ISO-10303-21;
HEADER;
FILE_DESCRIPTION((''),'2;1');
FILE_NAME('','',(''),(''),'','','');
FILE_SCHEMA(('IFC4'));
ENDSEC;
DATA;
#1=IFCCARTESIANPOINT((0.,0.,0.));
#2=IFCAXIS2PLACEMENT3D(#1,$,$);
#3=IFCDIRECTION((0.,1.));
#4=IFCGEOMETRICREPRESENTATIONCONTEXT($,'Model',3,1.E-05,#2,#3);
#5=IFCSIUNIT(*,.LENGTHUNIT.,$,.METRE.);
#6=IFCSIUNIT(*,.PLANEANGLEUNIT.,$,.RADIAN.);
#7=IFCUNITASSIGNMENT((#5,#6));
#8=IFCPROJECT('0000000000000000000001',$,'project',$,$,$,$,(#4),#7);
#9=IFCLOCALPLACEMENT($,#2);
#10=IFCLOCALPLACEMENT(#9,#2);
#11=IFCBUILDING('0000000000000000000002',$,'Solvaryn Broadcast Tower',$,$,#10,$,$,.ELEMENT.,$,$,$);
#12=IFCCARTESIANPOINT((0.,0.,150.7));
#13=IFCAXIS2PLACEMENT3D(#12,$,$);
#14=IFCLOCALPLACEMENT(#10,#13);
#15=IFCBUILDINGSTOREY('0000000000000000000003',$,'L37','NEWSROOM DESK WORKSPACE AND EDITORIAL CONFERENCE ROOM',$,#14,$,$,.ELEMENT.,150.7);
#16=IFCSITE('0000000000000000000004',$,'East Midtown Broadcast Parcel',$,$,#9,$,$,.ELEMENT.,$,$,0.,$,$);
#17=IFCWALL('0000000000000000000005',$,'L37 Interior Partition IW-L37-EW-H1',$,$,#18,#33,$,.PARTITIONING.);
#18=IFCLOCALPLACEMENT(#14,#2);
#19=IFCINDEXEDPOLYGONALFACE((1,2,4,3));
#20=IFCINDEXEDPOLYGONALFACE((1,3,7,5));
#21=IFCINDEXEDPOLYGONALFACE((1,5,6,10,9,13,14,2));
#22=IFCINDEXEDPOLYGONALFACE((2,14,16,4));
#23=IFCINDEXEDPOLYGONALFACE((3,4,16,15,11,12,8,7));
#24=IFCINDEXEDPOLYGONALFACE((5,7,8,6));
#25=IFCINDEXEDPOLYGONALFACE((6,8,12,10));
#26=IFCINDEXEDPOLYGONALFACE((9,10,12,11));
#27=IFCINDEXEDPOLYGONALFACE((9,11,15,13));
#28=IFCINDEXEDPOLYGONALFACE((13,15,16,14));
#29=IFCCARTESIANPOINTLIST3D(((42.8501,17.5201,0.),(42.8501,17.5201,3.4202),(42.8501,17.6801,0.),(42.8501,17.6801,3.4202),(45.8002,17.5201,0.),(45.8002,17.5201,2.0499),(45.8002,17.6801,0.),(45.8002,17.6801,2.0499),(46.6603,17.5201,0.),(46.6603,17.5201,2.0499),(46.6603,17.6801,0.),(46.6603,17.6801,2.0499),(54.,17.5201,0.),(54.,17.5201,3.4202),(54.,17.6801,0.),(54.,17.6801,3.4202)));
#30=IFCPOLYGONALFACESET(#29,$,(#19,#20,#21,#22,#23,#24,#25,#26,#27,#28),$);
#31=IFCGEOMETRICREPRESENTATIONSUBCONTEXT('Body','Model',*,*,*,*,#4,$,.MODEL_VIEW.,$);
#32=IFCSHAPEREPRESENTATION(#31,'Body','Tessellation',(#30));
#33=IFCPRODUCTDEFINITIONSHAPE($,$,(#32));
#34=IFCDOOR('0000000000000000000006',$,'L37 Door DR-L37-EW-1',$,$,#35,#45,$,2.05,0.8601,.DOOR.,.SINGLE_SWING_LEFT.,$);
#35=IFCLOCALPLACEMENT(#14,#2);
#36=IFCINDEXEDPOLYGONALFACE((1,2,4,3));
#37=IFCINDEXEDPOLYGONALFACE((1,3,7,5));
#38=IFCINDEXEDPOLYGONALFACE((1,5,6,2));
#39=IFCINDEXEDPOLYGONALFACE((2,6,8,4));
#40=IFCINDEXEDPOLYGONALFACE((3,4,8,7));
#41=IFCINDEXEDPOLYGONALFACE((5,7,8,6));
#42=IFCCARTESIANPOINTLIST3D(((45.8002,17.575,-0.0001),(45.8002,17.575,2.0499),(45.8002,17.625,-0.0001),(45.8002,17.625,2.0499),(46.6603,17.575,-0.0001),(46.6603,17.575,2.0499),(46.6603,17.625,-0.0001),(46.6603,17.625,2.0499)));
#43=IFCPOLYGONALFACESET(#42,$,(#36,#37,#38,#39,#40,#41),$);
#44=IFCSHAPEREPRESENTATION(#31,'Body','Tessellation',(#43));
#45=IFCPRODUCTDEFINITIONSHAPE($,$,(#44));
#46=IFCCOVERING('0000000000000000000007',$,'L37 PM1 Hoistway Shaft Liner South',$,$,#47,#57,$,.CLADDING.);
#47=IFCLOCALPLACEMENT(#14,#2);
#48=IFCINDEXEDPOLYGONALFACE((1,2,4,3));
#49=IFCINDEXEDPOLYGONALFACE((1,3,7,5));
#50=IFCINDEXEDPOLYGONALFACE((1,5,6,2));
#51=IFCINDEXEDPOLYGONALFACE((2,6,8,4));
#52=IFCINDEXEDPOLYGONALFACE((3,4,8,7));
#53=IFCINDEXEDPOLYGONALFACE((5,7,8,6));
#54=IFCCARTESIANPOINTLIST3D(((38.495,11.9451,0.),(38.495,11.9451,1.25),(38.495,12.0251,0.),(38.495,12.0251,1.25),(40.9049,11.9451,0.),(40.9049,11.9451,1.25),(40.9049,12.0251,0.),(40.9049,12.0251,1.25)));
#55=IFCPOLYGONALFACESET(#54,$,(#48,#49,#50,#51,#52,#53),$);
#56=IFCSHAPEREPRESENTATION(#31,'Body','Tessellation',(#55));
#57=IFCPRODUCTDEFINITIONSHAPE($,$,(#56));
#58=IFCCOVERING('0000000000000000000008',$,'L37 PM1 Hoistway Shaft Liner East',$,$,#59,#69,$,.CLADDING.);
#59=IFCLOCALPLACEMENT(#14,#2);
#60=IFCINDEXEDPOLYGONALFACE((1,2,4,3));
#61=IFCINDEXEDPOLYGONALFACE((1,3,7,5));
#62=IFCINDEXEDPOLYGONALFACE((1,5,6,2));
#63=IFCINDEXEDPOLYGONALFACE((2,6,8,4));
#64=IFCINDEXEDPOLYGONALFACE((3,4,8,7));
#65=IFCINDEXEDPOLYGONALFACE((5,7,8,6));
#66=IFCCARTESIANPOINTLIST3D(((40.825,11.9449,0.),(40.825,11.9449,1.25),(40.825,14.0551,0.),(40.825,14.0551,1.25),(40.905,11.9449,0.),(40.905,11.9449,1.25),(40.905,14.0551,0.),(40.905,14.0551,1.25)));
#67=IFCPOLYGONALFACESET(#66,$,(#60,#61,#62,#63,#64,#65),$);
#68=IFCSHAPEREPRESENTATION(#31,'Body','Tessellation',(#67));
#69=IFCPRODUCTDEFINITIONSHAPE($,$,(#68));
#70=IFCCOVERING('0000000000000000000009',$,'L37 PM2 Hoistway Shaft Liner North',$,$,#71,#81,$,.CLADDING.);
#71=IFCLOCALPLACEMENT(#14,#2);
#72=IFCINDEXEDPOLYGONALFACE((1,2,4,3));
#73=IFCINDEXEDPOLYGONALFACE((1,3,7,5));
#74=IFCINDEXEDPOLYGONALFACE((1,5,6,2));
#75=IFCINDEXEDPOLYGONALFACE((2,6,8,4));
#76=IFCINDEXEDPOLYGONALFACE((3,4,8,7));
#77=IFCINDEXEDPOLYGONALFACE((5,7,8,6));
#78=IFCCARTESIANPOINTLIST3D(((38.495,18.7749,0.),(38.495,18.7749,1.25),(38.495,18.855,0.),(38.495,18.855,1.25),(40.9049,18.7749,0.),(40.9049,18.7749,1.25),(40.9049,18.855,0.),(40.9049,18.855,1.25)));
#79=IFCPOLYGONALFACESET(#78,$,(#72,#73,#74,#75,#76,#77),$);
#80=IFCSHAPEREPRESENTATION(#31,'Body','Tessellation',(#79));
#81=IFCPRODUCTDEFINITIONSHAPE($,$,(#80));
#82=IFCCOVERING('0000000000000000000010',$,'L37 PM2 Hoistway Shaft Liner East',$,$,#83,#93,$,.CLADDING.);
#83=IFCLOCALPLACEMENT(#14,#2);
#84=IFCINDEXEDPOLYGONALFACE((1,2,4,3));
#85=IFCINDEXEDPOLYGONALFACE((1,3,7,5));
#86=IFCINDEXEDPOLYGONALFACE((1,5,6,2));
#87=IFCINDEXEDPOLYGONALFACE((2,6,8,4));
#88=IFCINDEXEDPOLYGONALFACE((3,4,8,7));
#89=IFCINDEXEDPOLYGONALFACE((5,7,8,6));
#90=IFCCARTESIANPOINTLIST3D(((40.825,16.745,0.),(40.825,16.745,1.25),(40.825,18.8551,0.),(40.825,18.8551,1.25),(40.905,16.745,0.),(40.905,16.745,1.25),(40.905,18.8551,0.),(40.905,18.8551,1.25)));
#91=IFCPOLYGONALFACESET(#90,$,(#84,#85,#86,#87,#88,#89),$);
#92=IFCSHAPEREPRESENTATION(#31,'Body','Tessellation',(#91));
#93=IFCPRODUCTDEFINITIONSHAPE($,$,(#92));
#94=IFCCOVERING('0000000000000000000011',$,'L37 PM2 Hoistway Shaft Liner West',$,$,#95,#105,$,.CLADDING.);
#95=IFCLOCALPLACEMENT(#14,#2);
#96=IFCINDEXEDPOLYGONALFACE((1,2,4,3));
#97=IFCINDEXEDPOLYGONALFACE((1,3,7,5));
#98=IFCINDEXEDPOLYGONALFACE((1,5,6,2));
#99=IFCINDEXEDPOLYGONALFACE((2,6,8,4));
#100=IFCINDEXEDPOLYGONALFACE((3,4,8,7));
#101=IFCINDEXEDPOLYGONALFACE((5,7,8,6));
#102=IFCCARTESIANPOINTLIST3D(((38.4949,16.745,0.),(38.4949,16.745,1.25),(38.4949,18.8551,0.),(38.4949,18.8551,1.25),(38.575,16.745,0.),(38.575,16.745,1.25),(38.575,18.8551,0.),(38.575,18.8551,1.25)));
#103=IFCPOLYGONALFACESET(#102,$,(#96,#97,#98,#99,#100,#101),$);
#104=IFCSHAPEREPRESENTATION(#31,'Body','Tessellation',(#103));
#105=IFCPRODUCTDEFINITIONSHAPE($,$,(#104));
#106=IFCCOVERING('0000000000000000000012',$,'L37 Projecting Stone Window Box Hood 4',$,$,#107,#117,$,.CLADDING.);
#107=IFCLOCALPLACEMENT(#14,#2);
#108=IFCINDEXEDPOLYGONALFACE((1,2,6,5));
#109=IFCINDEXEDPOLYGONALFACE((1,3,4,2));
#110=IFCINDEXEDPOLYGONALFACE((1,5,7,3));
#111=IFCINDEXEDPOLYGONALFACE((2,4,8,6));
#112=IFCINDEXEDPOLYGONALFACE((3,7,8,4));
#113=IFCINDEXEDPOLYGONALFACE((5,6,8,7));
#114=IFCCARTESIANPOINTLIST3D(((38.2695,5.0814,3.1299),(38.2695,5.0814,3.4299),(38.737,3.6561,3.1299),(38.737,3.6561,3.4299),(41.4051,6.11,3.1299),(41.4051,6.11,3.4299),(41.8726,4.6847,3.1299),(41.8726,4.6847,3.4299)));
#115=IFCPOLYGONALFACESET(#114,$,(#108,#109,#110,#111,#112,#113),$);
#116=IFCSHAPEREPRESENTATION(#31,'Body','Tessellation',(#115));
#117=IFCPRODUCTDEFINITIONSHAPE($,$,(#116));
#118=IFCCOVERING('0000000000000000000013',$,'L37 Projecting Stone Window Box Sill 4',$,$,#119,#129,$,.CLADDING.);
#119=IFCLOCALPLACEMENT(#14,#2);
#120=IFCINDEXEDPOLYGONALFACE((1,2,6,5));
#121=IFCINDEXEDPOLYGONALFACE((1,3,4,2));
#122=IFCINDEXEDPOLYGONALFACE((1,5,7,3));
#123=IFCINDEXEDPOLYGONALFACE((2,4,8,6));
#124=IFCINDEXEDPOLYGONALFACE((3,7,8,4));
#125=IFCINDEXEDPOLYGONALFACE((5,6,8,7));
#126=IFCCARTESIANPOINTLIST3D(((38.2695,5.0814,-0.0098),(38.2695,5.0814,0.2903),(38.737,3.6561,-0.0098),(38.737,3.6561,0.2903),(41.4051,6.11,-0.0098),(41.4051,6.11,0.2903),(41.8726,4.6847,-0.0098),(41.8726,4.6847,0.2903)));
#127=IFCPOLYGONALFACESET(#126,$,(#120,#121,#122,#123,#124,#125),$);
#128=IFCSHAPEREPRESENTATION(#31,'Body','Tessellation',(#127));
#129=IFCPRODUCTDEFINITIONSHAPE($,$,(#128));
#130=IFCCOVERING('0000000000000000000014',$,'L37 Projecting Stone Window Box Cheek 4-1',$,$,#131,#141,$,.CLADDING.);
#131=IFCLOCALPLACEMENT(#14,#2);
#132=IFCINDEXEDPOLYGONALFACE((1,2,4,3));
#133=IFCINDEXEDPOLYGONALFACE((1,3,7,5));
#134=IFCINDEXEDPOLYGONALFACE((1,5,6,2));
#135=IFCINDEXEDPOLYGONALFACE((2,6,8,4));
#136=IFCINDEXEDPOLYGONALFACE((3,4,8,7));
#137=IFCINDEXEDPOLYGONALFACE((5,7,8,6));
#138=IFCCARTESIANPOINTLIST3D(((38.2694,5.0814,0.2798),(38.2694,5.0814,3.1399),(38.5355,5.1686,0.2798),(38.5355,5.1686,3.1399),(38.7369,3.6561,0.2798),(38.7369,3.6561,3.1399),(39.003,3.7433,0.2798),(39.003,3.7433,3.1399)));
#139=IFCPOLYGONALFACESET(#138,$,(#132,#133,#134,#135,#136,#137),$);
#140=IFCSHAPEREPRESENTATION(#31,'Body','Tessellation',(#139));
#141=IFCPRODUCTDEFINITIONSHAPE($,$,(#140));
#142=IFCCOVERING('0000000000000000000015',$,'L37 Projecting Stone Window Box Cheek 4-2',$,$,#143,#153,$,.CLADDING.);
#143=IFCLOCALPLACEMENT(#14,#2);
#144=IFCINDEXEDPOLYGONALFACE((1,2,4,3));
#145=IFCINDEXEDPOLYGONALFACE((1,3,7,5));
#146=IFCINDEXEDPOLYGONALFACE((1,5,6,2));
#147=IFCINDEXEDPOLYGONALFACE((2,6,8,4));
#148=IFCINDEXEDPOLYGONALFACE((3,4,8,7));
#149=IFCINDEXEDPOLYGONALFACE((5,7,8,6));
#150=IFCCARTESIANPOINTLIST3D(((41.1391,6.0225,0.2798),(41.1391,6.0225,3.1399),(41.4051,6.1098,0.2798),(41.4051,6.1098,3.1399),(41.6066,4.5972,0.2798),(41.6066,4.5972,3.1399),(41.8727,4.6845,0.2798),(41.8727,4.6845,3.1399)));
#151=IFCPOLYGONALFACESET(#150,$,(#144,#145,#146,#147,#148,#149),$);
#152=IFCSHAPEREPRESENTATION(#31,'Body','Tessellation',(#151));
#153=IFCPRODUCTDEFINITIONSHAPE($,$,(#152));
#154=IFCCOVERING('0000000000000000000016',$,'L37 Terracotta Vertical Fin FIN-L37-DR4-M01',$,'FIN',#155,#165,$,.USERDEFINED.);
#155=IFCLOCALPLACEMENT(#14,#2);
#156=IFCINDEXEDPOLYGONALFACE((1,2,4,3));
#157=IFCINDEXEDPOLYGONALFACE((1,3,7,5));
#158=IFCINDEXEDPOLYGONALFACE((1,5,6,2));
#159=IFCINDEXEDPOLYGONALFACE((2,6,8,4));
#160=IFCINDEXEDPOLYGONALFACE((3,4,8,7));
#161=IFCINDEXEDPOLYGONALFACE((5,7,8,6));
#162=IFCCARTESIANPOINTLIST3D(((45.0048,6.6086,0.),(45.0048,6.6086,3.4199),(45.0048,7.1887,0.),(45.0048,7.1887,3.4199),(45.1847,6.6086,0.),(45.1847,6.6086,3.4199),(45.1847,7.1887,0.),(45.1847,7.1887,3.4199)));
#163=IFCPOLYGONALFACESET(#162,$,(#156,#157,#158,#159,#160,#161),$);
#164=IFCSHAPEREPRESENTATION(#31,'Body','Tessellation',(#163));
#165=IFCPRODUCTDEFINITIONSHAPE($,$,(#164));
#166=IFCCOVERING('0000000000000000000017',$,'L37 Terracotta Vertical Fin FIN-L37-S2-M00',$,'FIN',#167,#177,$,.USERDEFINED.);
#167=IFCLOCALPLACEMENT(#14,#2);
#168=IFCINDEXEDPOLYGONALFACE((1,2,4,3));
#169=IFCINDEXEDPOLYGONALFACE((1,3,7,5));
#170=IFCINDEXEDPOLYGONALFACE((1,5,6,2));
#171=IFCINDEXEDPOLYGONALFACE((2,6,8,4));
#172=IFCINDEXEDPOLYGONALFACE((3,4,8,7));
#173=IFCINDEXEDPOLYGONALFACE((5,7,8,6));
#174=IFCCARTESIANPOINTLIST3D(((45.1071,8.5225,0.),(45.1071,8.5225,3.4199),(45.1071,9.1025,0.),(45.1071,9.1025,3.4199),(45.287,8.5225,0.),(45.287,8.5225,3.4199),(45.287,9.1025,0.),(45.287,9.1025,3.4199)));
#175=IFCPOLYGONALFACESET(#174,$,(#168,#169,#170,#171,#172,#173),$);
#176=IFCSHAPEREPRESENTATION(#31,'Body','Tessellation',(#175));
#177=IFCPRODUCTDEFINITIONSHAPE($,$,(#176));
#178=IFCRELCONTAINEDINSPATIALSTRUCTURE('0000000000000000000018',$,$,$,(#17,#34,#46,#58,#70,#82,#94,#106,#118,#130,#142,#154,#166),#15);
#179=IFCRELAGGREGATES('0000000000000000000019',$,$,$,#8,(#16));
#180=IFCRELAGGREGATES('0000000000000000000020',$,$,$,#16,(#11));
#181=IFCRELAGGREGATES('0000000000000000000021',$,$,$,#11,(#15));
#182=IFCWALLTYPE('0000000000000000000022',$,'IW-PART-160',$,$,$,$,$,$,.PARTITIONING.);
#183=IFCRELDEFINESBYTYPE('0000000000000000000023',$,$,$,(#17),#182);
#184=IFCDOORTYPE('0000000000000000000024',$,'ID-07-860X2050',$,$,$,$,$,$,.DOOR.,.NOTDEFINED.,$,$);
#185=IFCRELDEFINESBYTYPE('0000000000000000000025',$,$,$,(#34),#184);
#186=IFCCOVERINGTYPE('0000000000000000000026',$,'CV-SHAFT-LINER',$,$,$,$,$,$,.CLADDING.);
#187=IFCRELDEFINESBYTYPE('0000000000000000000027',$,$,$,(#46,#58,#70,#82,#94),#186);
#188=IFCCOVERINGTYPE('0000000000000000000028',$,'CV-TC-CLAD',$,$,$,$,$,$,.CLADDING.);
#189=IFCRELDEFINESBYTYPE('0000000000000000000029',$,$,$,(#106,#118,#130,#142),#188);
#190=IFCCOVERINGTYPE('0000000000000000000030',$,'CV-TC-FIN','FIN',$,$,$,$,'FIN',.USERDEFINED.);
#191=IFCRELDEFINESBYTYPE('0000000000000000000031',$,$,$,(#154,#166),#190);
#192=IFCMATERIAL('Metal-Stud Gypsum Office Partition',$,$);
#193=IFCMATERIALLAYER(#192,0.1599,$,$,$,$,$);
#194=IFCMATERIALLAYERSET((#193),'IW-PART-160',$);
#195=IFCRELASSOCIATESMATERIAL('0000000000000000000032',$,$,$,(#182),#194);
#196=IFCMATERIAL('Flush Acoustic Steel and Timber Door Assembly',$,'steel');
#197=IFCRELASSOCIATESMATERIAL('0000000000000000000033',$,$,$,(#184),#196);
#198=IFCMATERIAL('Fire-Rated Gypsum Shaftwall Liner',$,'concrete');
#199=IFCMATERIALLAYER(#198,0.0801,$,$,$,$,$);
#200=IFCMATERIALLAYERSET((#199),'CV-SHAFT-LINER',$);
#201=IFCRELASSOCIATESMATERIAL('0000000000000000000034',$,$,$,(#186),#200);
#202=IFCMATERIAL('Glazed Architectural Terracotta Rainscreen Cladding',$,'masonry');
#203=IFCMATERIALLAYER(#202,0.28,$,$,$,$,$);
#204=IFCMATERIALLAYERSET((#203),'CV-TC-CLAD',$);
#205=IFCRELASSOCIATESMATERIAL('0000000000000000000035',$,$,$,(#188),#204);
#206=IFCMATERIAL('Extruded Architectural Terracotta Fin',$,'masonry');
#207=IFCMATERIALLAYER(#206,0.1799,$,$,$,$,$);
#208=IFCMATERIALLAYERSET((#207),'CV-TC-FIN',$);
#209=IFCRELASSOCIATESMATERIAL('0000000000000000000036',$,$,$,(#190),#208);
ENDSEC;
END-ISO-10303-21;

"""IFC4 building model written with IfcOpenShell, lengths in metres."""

from ifc_helpers import new_model, si_unit, direction, frame, frame_2d, origin, origin_2d, place, context, subcontext, project, spatial, rectangle, extrude, material, layer, layer_set, type_object, element, fill, save


model = new_model("IFC4")

# Units and contexts
model_context = context("Model", 3, precision=1e-05, world=origin(), true_north=direction((0.0, 1.0)))
body_context = subcontext(model_context, "Body", "Model", "MODEL_VIEW")
ifc_project = project(units=[si_unit("LENGTHUNIT", "METRE"), si_unit("PLANEANGLEUNIT", "RADIAN")], contexts=[model_context])

# Site, building, storey
site_placement = place(None, origin())
site = spatial("IfcSite", under=ifc_project, at=site_placement, Name="East Midtown Broadcast Parcel", CompositionType="ELEMENT", RefElevation=0.0)
building_placement = place(site_placement, origin())
building = spatial("IfcBuilding", under=site, at=building_placement, Name="Solvaryn Broadcast Tower", CompositionType="ELEMENT")
storey_placement = place(building_placement, frame((0.0, 0.0, 150.7)))
storey = spatial("IfcBuildingStorey", under=building, at=storey_placement, Name="L37", Description="NEWSROOM DESK WORKSPACE AND EDITORIAL CONFERENCE ROOM", CompositionType="ELEMENT", Elevation=150.7)

# Shared definitions
ifc_material_1 = material(Name="Metal-Stud Gypsum Office Partition")
ifc_layer_1 = layer(ifc_material_1, 0.1599)
ifc_layer_set_1 = layer_set([ifc_layer_1], Name="IW-PART-160")
wall_type_1 = type_object("IfcWallType", Name="IW-PART-160", PredefinedType="PARTITIONING", material=ifc_layer_set_1)

# Wall, opening, door
wall_1_placement = place(storey_placement, frame((42.8501, 17.6001, 0.0), z_axis=(0.0, 0.0, 1.0), x_axis=(1.0, 0.0, 0.0)))
wall_1 = element("IfcWall", 1, at=wall_1_placement, inside=storey, type_object=wall_type_1, Name="L37 Interior Partition IW-L37-EW-H1", PredefinedType="PARTITIONING", context=body_context, shape_type="SweptSolid", body=[
    extrude(rectangle(XDim=11.1499, YDim=0.1599, at=frame_2d((5.575, 0.0))), origin(), (0.0, 0.0, 1.0), 3.4202),
])
opening_1_placement = place(wall_1_placement, frame((2.95, 0.0, 0.0)))
opening_1 = element("IfcOpeningElement", 2, at=opening_1_placement, cuts=wall_1, PredefinedType="OPENING", context=body_context, shape_type="SweptSolid", body=[
    extrude(rectangle(XDim=0.8601, YDim=2.05, at=frame_2d((0.4302, 1.0249))), frame((0.0, 0.0901, 0.0), z_axis=(0.0, -1.0, 0.0), x_axis=(1.0, 0.0, 0.0)), (0.0, 0.0, 1.0), 0.1799),
])
ifc_material_2 = material(Name="Flush Acoustic Steel and Timber Door Assembly", Category="steel")
door_type_1 = type_object("IfcDoorType", Name="ID-07-860X2050", OperationType="NOTDEFINED", PredefinedType="DOOR", material=ifc_material_2)
door_1_placement = place(opening_1_placement, origin())
door_1 = element("IfcDoor", 3, at=door_1_placement, inside=storey, type_object=door_type_1, Name="L37 Door DR-L37-EW-1", OperationType="SINGLE_SWING_LEFT", OverallHeight=2.05, OverallWidth=0.8601, PredefinedType="DOOR", context=body_context, shape_type="SweptSolid", body=[
    extrude(rectangle(XDim=0.8601, YDim=2.05, at=frame_2d((0.4302, 1.0249))), frame((0.0, 0.0249, 0.0), z_axis=(0.0, -1.0, 0.0), x_axis=(1.0, 0.0, 0.0)), (0.0, 0.0, 1.0), 0.05),
])
fill(opening_1, door_1)

# Coverings
ifc_material_3 = material(Name="Fire-Rated Gypsum Shaftwall Liner", Category="concrete")
ifc_layer_2 = layer(ifc_material_3, 0.0801)
ifc_layer_set_2 = layer_set([ifc_layer_2], Name="CV-SHAFT-LINER")
covering_type_1 = type_object("IfcCoveringType", Name="CV-SHAFT-LINER", PredefinedType="CLADDING", material=ifc_layer_set_2)
covering_1_placement = place(storey_placement, frame((39.7, 11.9851, 0.0), z_axis=(0.0, 0.0, 1.0), x_axis=(1.0, 0.0, 0.0)))
element("IfcCovering", 4, at=covering_1_placement, inside=storey, type_object=covering_type_1, Name="L37 PM1 Hoistway Shaft Liner South", PredefinedType="CLADDING", context=body_context, shape_type="SweptSolid", body=[
    extrude(rectangle(XDim=2.4099, YDim=0.0801, at=origin_2d()), origin(), (0.0, 0.0, 1.0), 1.25),
])
covering_2_placement = place(storey_placement, frame((40.865, 13.0, 0.0), z_axis=(0.0, 0.0, 1.0), x_axis=(1.0, 0.0, 0.0)))
element("IfcCovering", 5, at=covering_2_placement, inside=storey, type_object=covering_type_1, Name="L37 PM1 Hoistway Shaft Liner East", PredefinedType="CLADDING", context=body_context, shape_type="SweptSolid", body=[
    extrude(rectangle(XDim=0.0801, YDim=2.1101, at=origin_2d()), origin(), (0.0, 0.0, 1.0), 1.25),
])
covering_3_placement = place(storey_placement, frame((39.7, 18.8149, 0.0), z_axis=(0.0, 0.0, 1.0), x_axis=(1.0, 0.0, 0.0)))
element("IfcCovering", 6, at=covering_3_placement, inside=storey, type_object=covering_type_1, Name="L37 PM2 Hoistway Shaft Liner North", PredefinedType="CLADDING", context=body_context, shape_type="SweptSolid", body=[
    extrude(rectangle(XDim=2.4099, YDim=0.0801, at=origin_2d()), origin(), (0.0, 0.0, 1.0), 1.25),
])
for number, where, z_axis, x_axis, name in (
    (7, (40.865, 17.8, 0.0), (0.0, 0.0, 1.0), (1.0, 0.0, 0.0), "L37 PM2 Hoistway Shaft Liner East"),
    (8, (38.5349, 17.8, 0.0), (0.0, 0.0, 1.0), (1.0, 0.0, 0.0), "L37 PM2 Hoistway Shaft Liner West"),
):
    element("IfcCovering", number, at=place(storey_placement, frame(where, z_axis=z_axis, x_axis=x_axis)), inside=storey, type_object=covering_type_1, Name=name, PredefinedType="CLADDING", context=body_context, shape_type="SweptSolid", body=[
        extrude(rectangle(XDim=0.0801, YDim=2.1101, at=origin_2d()), origin(), (0.0, 0.0, 1.0), 1.25),
    ])
ifc_material_4 = material(Name="Glazed Architectural Terracotta Rainscreen Cladding", Category="masonry")
ifc_layer_3 = layer(ifc_material_4, 0.28)
ifc_layer_set_3 = layer_set([ifc_layer_3], Name="CV-TC-CLAD")
covering_type_2 = type_object("IfcCoveringType", Name="CV-TC-CLAD", PredefinedType="CLADDING", material=ifc_layer_set_3)
for number, where, z_axis, x_axis, name in (
    (9, (40.071, 4.8831, 3.1299), (0.0, 0.0, 1.0), (0.95019, 0.311672, 0.0), "L37 Projecting Stone Window Box Hood 4"),
    (10, (40.071, 4.8831, -0.0098), (0.0, 0.0, 1.0), (0.95019, 0.311672, 0.0), "L37 Projecting Stone Window Box Sill 4"),
):
    element("IfcCovering", number, at=place(storey_placement, frame(where, z_axis=z_axis, x_axis=x_axis)), inside=storey, type_object=covering_type_2, Name=name, PredefinedType="CLADDING", context=body_context, shape_type="SweptSolid", body=[
        extrude(rectangle(XDim=3.3, YDim=1.5, at=origin_2d()), origin(), (0.0, 0.0, 1.0), 0.3),
    ])
for number, where, z_axis, x_axis, name in (
    (11, (38.6362, 4.4124, 0.2798), (0.0, 0.0, 1.0), (0.95019, 0.311672, 0.0), "L37 Projecting Stone Window Box Cheek 4-1"),
    (12, (41.5059, 5.3535, 0.2798), (0.0, 0.0, 1.0), (0.95019, 0.311672, 0.0), "L37 Projecting Stone Window Box Cheek 4-2"),
):
    element("IfcCovering", number, at=place(storey_placement, frame(where, z_axis=z_axis, x_axis=x_axis)), inside=storey, type_object=covering_type_2, Name=name, PredefinedType="CLADDING", context=body_context, shape_type="SweptSolid", body=[
        extrude(rectangle(XDim=0.28, YDim=1.5, at=origin_2d()), origin(), (0.0, 0.0, 1.0), 2.8601),
    ])
ifc_material_5 = material(Name="Extruded Architectural Terracotta Fin", Category="masonry")
ifc_layer_4 = layer(ifc_material_5, 0.1799)
ifc_layer_set_4 = layer_set([ifc_layer_4], Name="CV-TC-FIN")
covering_type_3 = type_object("IfcCoveringType", Name="CV-TC-FIN", Description="FIN", ElementType="FIN", PredefinedType="USERDEFINED", material=ifc_layer_set_4)
for number, where, z_axis, x_axis, name in (
    (13, (45.0947, 6.8987, 0.0), (0.0, 0.0, 1.0), (1.0, 0.0, 0.0), "L37 Terracotta Vertical Fin FIN-L37-DR4-M01"),
    (14, (45.197, 8.8125, 0.0), (0.0, 0.0, 1.0), (1.0, 0.0, 0.0), "L37 Terracotta Vertical Fin FIN-L37-S2-M00"),
):
    element("IfcCovering", number, at=place(storey_placement, frame(where, z_axis=z_axis, x_axis=x_axis)), inside=storey, type_object=covering_type_3, Name=name, ObjectType="FIN", PredefinedType="USERDEFINED", context=body_context, shape_type="SweptSolid", body=[
        extrude(rectangle(XDim=0.1799, YDim=0.5801, at=origin_2d()), origin(), (0.0, 0.0, 1.0), 3.4199),
    ])

save(model, "model.ifc")
